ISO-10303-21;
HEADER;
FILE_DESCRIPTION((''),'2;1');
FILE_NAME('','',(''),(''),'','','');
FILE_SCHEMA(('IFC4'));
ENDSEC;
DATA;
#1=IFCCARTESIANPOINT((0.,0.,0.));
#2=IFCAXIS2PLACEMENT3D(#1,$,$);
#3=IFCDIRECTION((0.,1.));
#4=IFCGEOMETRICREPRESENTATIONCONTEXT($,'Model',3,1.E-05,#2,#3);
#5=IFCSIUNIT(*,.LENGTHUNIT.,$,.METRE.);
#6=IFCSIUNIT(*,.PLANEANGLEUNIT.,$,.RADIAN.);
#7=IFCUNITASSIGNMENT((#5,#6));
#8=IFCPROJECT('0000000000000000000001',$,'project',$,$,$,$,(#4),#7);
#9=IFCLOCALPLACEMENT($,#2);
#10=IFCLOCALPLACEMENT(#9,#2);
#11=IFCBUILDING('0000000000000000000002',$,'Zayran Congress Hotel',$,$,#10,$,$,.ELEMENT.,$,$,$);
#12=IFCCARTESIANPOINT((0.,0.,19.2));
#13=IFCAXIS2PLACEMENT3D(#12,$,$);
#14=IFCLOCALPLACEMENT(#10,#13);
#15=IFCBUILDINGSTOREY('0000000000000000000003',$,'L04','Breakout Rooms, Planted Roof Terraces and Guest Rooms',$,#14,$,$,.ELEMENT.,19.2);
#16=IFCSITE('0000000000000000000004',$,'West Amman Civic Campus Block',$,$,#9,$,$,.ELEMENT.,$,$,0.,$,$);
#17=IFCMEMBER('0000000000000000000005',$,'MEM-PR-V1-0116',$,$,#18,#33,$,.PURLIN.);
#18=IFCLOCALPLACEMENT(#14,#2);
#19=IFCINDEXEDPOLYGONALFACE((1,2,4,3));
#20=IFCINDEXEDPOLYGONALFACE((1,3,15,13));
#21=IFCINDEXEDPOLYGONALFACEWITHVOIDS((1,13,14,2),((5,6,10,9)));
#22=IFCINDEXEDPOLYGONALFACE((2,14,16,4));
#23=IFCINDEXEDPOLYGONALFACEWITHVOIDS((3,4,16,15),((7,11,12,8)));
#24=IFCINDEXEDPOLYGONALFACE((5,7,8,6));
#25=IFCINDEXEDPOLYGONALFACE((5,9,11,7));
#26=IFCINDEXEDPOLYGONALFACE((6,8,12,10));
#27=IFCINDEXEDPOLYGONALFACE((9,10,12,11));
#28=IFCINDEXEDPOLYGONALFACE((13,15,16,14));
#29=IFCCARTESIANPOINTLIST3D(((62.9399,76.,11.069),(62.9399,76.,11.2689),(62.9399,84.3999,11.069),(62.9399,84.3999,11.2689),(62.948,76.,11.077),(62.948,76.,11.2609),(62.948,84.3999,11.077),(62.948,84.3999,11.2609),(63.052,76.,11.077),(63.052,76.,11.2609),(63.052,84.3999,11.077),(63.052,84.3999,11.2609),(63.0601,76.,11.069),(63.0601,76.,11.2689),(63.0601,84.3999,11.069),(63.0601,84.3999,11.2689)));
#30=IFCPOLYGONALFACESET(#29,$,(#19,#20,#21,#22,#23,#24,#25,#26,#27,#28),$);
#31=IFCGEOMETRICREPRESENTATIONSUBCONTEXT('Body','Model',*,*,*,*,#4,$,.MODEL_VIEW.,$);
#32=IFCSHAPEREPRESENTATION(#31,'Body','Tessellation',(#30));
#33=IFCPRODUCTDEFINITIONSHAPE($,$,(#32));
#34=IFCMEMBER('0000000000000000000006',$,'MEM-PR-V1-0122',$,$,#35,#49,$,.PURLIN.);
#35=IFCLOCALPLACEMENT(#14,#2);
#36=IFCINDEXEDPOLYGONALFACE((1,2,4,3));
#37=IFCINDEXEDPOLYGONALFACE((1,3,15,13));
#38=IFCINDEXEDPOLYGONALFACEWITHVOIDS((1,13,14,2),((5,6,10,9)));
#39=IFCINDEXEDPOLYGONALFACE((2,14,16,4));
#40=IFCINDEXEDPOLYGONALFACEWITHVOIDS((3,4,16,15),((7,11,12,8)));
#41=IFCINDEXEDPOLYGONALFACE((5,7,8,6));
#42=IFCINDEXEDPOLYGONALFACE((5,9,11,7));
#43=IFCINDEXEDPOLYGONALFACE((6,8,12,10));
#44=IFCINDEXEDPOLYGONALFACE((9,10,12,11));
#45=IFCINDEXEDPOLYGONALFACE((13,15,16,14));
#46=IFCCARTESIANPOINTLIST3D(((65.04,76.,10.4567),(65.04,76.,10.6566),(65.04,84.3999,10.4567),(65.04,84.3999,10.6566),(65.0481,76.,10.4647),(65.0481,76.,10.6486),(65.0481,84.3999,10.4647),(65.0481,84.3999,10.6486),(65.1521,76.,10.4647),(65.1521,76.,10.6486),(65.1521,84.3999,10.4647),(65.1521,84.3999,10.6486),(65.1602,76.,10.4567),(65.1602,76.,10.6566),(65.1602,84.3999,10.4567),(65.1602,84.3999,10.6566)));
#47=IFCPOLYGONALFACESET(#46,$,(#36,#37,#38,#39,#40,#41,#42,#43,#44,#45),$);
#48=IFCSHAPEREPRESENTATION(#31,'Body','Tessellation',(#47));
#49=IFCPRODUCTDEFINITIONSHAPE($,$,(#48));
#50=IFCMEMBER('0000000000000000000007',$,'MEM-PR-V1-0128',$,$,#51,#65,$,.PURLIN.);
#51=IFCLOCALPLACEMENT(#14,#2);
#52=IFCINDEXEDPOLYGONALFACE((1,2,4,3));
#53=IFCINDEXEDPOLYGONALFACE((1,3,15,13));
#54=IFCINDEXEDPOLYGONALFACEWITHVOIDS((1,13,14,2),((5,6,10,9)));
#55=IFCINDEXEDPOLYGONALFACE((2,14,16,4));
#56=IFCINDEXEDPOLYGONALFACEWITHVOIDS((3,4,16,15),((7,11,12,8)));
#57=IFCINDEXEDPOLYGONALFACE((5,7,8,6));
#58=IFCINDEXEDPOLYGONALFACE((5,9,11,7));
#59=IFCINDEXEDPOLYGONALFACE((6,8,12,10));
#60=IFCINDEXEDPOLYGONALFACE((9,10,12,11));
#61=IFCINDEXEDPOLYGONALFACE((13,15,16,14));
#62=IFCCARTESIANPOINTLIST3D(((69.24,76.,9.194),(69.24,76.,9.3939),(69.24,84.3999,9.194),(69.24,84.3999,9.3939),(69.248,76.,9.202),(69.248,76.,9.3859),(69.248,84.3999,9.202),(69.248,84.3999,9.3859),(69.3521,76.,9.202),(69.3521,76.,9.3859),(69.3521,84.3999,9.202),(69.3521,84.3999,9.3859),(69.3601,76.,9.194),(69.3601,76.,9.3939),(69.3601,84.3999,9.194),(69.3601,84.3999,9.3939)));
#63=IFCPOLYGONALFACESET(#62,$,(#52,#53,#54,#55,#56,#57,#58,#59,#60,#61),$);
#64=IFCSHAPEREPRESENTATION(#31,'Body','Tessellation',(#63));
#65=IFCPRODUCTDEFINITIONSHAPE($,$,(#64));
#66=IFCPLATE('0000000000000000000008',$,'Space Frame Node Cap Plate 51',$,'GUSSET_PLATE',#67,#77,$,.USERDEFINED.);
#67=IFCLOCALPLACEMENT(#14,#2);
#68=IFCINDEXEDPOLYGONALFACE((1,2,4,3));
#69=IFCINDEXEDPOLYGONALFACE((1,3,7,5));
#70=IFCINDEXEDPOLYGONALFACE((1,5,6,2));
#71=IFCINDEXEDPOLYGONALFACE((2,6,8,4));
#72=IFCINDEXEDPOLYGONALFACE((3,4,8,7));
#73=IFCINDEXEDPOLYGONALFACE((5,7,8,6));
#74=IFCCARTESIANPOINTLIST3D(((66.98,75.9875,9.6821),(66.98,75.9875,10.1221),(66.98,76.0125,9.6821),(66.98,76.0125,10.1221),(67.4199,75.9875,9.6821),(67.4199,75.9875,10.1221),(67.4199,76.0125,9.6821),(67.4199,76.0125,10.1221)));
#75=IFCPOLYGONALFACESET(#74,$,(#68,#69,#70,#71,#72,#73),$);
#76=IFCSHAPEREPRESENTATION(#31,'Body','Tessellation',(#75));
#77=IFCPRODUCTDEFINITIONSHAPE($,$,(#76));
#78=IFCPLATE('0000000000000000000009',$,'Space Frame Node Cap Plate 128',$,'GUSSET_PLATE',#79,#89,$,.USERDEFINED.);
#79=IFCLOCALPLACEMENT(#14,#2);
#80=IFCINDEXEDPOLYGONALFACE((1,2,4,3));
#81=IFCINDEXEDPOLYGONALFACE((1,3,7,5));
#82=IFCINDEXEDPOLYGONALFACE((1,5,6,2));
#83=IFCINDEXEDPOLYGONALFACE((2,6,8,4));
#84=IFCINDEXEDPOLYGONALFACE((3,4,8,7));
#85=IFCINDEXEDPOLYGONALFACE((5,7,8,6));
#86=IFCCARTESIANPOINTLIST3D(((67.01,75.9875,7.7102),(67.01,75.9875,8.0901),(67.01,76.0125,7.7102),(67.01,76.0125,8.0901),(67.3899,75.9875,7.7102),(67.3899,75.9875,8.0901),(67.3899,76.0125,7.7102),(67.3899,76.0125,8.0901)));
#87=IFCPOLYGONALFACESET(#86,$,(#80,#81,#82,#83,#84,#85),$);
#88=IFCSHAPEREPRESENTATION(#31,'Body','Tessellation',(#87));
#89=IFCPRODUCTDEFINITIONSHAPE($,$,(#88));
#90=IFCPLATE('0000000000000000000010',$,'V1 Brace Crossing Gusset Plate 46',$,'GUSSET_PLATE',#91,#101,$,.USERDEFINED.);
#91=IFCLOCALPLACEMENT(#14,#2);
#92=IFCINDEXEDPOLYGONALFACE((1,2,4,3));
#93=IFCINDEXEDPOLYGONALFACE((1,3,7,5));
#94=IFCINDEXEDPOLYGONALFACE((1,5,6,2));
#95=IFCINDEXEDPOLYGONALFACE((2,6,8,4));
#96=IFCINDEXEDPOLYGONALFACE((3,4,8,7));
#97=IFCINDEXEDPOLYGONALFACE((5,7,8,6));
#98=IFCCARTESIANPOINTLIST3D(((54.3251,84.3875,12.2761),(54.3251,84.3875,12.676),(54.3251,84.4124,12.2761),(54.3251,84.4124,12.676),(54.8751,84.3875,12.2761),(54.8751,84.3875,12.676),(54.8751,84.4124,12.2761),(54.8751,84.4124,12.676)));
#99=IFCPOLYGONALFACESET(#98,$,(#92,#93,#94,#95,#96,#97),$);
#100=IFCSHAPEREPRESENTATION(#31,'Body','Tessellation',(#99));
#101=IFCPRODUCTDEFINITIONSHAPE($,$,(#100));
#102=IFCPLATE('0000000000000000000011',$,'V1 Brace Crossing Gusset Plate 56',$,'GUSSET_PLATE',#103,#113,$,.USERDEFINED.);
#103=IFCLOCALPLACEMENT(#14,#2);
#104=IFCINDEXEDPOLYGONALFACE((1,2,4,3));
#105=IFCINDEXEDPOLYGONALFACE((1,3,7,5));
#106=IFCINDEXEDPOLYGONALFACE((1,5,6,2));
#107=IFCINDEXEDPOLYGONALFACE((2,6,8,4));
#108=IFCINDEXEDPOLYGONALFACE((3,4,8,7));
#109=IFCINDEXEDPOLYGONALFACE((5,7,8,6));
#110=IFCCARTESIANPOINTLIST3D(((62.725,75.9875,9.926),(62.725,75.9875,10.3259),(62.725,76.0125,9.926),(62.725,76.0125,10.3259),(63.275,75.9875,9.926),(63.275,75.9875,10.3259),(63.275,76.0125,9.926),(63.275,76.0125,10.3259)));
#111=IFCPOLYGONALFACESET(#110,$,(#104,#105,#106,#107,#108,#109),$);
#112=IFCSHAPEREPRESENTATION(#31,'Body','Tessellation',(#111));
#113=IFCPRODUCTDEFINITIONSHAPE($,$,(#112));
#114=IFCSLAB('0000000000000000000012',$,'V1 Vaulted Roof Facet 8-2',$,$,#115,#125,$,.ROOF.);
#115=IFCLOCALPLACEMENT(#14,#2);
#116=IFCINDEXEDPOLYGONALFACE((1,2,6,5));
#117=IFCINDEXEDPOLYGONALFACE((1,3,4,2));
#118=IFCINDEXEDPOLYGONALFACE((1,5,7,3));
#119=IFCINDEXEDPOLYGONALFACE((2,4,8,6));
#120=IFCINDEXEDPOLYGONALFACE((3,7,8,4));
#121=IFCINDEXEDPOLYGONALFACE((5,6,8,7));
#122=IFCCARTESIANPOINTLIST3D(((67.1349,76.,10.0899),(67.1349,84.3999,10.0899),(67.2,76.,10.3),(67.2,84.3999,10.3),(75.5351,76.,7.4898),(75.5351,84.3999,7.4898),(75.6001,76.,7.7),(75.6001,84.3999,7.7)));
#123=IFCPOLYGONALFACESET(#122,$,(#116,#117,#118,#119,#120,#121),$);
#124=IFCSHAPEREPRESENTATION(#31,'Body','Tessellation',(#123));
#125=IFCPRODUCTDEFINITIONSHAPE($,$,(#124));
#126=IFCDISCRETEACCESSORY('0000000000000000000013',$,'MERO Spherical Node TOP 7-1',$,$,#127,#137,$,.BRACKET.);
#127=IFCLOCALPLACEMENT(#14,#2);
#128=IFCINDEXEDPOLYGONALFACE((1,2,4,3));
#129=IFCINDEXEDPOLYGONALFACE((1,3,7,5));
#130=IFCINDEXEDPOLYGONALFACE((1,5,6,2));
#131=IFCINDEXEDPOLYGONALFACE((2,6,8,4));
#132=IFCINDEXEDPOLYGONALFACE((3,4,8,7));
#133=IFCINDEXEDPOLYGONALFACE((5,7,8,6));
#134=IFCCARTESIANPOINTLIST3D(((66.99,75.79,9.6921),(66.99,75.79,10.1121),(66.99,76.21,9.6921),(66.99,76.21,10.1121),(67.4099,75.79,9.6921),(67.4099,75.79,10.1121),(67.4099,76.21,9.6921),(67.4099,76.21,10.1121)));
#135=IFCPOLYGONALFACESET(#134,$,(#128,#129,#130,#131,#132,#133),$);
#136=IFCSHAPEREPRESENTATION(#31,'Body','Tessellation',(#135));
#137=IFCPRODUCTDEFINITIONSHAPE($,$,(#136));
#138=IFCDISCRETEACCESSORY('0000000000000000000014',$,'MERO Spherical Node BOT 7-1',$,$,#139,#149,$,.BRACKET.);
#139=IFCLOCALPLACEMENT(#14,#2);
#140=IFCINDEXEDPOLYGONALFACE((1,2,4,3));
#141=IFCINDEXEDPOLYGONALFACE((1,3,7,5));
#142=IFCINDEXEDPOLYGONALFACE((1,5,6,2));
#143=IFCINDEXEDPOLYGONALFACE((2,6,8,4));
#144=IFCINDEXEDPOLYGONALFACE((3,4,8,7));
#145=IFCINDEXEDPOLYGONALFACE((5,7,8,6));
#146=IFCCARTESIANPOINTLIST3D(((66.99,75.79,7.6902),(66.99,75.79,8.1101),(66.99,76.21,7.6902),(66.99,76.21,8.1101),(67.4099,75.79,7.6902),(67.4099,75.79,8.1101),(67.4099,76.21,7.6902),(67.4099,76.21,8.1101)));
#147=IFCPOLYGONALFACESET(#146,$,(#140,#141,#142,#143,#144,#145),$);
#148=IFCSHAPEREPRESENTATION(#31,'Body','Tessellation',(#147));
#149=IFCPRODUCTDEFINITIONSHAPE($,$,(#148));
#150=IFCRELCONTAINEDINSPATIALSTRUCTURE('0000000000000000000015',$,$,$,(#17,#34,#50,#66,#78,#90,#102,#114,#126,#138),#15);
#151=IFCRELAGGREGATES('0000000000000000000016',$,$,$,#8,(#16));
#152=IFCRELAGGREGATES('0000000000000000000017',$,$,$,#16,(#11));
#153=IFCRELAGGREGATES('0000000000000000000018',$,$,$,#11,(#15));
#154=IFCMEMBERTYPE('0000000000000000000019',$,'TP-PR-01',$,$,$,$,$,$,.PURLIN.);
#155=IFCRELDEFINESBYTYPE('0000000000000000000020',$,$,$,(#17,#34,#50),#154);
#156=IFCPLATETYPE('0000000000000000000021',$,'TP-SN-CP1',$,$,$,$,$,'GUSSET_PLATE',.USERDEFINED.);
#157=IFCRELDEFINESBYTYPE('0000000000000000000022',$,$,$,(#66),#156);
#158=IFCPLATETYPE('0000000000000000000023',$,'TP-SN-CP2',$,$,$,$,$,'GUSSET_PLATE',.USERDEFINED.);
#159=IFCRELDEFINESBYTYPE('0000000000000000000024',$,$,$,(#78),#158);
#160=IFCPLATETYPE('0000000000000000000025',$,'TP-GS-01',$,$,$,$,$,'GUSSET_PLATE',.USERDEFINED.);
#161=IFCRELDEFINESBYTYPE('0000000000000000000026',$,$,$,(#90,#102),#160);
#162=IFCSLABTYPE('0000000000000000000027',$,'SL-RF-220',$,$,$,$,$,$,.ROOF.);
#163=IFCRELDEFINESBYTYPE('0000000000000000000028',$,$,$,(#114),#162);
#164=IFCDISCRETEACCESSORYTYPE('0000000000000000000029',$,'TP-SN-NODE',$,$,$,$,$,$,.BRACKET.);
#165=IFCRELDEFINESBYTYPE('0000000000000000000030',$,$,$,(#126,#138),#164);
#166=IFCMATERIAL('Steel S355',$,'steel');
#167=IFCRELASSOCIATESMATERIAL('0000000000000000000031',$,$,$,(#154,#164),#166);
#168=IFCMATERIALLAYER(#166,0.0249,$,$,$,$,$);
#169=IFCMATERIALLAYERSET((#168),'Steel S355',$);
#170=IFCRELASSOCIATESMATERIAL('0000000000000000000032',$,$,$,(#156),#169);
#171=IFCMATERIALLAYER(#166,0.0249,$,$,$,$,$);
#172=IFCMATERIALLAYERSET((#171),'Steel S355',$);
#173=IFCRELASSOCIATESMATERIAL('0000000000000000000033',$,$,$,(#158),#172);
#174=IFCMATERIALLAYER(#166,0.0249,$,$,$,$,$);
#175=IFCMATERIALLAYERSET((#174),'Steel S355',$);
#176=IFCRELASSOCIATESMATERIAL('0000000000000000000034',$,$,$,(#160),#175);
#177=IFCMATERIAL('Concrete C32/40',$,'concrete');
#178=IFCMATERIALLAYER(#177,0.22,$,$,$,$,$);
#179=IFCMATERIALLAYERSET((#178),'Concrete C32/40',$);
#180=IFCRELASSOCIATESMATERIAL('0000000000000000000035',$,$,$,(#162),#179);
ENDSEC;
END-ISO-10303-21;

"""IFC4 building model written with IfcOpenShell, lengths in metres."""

from ifc_helpers import new_model, si_unit, direction, frame, origin, origin_2d, place, context, subcontext, project, spatial, polyline, rectangle, hollow_rectangle, outline, extrude, material, layer, layer_set, material_profile, profile_set, type_object, element, save


model = new_model("IFC4")

# Units and contexts
model_context = context("Model", 3, precision=1e-05, world=origin(), true_north=direction((0.0, 1.0)))
body_context = subcontext(model_context, "Body", "Model", "MODEL_VIEW")
ifc_project = project(units=[si_unit("LENGTHUNIT", "METRE"), si_unit("PLANEANGLEUNIT", "RADIAN")], contexts=[model_context])

# Site, building, storey
site_placement = place(None, origin())
site = spatial("IfcSite", under=ifc_project, at=site_placement, Name="West Amman Civic Campus Block", CompositionType="ELEMENT", RefElevation=0.0)
building_placement = place(site_placement, origin())
building = spatial("IfcBuilding", under=site, at=building_placement, Name="Zayran Congress Hotel", CompositionType="ELEMENT")
storey_placement = place(building_placement, frame((0.0, 0.0, 19.2)))
storey = spatial("IfcBuildingStorey", under=building, at=storey_placement, Name="L04", Description="Breakout Rooms, Planted Roof Terraces and Guest Rooms", CompositionType="ELEMENT", Elevation=19.2)

# Members
ifc_material_1 = material(Name="Steel S355", Category="steel")
ifc_material_profile_1 = material_profile(ifc_material_1, hollow_rectangle(XDim=0.1201, YDim=0.2, WallThickness=0.0081, at=origin_2d()), Name="RHS 200x120x8")
ifc_profile_set_1 = profile_set([ifc_material_profile_1], Name="Steel S355")
member_type_1 = type_object("IfcMemberType", Name="TP-PR-01", PredefinedType="PURLIN", material=ifc_profile_set_1)
for number, where, z_axis, x_axis, name in (
    (1, (63.0, 76.0, 11.1689), (0.0, 1.0, 0.0), (-1.0, 0.0, 0.0), "MEM-PR-V1-0116"),
    (2, (65.1001, 76.0, 10.5566), (0.0, 1.0, 0.0), (-1.0, 0.0, 0.0), "MEM-PR-V1-0122"),
    (3, (69.3, 76.0, 9.2939), (0.0, 1.0, 0.0), (-1.0, 0.0, 0.0), "MEM-PR-V1-0128"),
):
    element("IfcMember", number, at=place(storey_placement, frame(where, z_axis=z_axis, x_axis=x_axis)), inside=storey, type_object=member_type_1, Name=name, PredefinedType="PURLIN", context=body_context, shape_type="SweptSolid", body=[
        extrude(hollow_rectangle(XDim=0.1201, YDim=0.2, WallThickness=0.0081, at=origin_2d()), origin(), (0.0, 0.0, 1.0), 8.3999),
    ])

# Plates
ifc_layer_1 = layer(ifc_material_1, 0.0249)
ifc_layer_set_1 = layer_set([ifc_layer_1], Name="Steel S355")
plate_type_1 = type_object("IfcPlateType", Name="TP-SN-CP1", ElementType="GUSSET_PLATE", PredefinedType="USERDEFINED", material=ifc_layer_set_1)
plate_1_placement = place(storey_placement, frame((67.2, 76.0, 9.6821), z_axis=(0.0, 0.0, 1.0), x_axis=(1.0, 0.0, 0.0)))
element("IfcPlate", 4, at=plate_1_placement, inside=storey, type_object=plate_type_1, Name="Space Frame Node Cap Plate 51", ObjectType="GUSSET_PLATE", PredefinedType="USERDEFINED", context=body_context, shape_type="SweptSolid", body=[
    extrude(rectangle(XDim=0.4399, YDim=0.0249, at=origin_2d()), origin(), (0.0, 0.0, 1.0), 0.4399),
])
ifc_layer_2 = layer(ifc_material_1, 0.0249)
ifc_layer_set_2 = layer_set([ifc_layer_2], Name="Steel S355")
plate_type_2 = type_object("IfcPlateType", Name="TP-SN-CP2", ElementType="GUSSET_PLATE", PredefinedType="USERDEFINED", material=ifc_layer_set_2)
plate_2_placement = place(storey_placement, frame((67.2, 76.0, 7.7102), z_axis=(0.0, 0.0, 1.0), x_axis=(1.0, 0.0, 0.0)))
element("IfcPlate", 5, at=plate_2_placement, inside=storey, type_object=plate_type_2, Name="Space Frame Node Cap Plate 128", ObjectType="GUSSET_PLATE", PredefinedType="USERDEFINED", context=body_context, shape_type="SweptSolid", body=[
    extrude(rectangle(XDim=0.3799, YDim=0.0249, at=origin_2d()), origin(), (0.0, 0.0, 1.0), 0.3799),
])
ifc_layer_3 = layer(ifc_material_1, 0.0249)
ifc_layer_set_3 = layer_set([ifc_layer_3], Name="Steel S355")
plate_type_3 = type_object("IfcPlateType", Name="TP-GS-01", ElementType="GUSSET_PLATE", PredefinedType="USERDEFINED", material=ifc_layer_set_3)
for number, where, z_axis, x_axis, name in (
    (6, (54.6001, 84.3999, 12.2761), (0.0, 0.0, 1.0), (1.0, 0.0, 0.0), "V1 Brace Crossing Gusset Plate 46"),
    (7, (63.0, 76.0, 9.926), (0.0, 0.0, 1.0), (1.0, 0.0, 0.0), "V1 Brace Crossing Gusset Plate 56"),
):
    element("IfcPlate", number, at=place(storey_placement, frame(where, z_axis=z_axis, x_axis=x_axis)), inside=storey, type_object=plate_type_3, Name=name, ObjectType="GUSSET_PLATE", PredefinedType="USERDEFINED", context=body_context, shape_type="SweptSolid", body=[
        extrude(rectangle(XDim=0.55, YDim=0.0249, at=origin_2d()), origin(), (0.0, 0.0, 1.0), 0.3999),
    ])

# Slab
ifc_material_2 = material(Name="Concrete C32/40", Category="concrete")
ifc_layer_4 = layer(ifc_material_2, 0.22)
ifc_layer_set_4 = layer_set([ifc_layer_4], Name="Concrete C32/40")
slab_type = type_object("IfcSlabType", Name="SL-RF-220", PredefinedType="ROOF", material=ifc_layer_set_4)
slab_placement = place(storey_placement, frame((67.2, 76.0, 10.3), z_axis=(0.295689, 0.0, 0.955284), x_axis=(0.955284, 0.0, -0.295689)))
element("IfcSlab", 8, at=slab_placement, inside=storey, type_object=slab_type, Name="V1 Vaulted Roof Facet 8-2", PredefinedType="ROOF", context=body_context, shape_type="SweptSolid", body=[
    extrude(outline(polyline([(0.0, 0.0), (8.7933, 0.0), (8.7933, 8.3999), (0.0, 8.3999), (0.0, 0.0)])), origin(), (0.0, 0.0, -1.0), 0.22),
])

# Discrete accessories
discrete_accessory_type = type_object("IfcDiscreteAccessoryType", Name="TP-SN-NODE", PredefinedType="BRACKET", material=ifc_material_1)
for number, where, z_axis, x_axis, name in (
    (9, (67.2, 76.0, 9.6921), (0.0, 0.0, 1.0), (1.0, 0.0, 0.0), "MERO Spherical Node TOP 7-1"),
    (10, (67.2, 76.0, 7.6902), (0.0, 0.0, 1.0), (1.0, 0.0, 0.0), "MERO Spherical Node BOT 7-1"),
):
    element("IfcDiscreteAccessory", number, at=place(storey_placement, frame(where, z_axis=z_axis, x_axis=x_axis)), inside=storey, type_object=discrete_accessory_type, Name=name, PredefinedType="BRACKET", context=body_context, shape_type="SweptSolid", body=[
        extrude(rectangle(XDim=0.4199, YDim=0.4199, at=origin_2d()), origin(), (0.0, 0.0, 1.0), 0.4199),
    ])

save(model, "model.ifc")
